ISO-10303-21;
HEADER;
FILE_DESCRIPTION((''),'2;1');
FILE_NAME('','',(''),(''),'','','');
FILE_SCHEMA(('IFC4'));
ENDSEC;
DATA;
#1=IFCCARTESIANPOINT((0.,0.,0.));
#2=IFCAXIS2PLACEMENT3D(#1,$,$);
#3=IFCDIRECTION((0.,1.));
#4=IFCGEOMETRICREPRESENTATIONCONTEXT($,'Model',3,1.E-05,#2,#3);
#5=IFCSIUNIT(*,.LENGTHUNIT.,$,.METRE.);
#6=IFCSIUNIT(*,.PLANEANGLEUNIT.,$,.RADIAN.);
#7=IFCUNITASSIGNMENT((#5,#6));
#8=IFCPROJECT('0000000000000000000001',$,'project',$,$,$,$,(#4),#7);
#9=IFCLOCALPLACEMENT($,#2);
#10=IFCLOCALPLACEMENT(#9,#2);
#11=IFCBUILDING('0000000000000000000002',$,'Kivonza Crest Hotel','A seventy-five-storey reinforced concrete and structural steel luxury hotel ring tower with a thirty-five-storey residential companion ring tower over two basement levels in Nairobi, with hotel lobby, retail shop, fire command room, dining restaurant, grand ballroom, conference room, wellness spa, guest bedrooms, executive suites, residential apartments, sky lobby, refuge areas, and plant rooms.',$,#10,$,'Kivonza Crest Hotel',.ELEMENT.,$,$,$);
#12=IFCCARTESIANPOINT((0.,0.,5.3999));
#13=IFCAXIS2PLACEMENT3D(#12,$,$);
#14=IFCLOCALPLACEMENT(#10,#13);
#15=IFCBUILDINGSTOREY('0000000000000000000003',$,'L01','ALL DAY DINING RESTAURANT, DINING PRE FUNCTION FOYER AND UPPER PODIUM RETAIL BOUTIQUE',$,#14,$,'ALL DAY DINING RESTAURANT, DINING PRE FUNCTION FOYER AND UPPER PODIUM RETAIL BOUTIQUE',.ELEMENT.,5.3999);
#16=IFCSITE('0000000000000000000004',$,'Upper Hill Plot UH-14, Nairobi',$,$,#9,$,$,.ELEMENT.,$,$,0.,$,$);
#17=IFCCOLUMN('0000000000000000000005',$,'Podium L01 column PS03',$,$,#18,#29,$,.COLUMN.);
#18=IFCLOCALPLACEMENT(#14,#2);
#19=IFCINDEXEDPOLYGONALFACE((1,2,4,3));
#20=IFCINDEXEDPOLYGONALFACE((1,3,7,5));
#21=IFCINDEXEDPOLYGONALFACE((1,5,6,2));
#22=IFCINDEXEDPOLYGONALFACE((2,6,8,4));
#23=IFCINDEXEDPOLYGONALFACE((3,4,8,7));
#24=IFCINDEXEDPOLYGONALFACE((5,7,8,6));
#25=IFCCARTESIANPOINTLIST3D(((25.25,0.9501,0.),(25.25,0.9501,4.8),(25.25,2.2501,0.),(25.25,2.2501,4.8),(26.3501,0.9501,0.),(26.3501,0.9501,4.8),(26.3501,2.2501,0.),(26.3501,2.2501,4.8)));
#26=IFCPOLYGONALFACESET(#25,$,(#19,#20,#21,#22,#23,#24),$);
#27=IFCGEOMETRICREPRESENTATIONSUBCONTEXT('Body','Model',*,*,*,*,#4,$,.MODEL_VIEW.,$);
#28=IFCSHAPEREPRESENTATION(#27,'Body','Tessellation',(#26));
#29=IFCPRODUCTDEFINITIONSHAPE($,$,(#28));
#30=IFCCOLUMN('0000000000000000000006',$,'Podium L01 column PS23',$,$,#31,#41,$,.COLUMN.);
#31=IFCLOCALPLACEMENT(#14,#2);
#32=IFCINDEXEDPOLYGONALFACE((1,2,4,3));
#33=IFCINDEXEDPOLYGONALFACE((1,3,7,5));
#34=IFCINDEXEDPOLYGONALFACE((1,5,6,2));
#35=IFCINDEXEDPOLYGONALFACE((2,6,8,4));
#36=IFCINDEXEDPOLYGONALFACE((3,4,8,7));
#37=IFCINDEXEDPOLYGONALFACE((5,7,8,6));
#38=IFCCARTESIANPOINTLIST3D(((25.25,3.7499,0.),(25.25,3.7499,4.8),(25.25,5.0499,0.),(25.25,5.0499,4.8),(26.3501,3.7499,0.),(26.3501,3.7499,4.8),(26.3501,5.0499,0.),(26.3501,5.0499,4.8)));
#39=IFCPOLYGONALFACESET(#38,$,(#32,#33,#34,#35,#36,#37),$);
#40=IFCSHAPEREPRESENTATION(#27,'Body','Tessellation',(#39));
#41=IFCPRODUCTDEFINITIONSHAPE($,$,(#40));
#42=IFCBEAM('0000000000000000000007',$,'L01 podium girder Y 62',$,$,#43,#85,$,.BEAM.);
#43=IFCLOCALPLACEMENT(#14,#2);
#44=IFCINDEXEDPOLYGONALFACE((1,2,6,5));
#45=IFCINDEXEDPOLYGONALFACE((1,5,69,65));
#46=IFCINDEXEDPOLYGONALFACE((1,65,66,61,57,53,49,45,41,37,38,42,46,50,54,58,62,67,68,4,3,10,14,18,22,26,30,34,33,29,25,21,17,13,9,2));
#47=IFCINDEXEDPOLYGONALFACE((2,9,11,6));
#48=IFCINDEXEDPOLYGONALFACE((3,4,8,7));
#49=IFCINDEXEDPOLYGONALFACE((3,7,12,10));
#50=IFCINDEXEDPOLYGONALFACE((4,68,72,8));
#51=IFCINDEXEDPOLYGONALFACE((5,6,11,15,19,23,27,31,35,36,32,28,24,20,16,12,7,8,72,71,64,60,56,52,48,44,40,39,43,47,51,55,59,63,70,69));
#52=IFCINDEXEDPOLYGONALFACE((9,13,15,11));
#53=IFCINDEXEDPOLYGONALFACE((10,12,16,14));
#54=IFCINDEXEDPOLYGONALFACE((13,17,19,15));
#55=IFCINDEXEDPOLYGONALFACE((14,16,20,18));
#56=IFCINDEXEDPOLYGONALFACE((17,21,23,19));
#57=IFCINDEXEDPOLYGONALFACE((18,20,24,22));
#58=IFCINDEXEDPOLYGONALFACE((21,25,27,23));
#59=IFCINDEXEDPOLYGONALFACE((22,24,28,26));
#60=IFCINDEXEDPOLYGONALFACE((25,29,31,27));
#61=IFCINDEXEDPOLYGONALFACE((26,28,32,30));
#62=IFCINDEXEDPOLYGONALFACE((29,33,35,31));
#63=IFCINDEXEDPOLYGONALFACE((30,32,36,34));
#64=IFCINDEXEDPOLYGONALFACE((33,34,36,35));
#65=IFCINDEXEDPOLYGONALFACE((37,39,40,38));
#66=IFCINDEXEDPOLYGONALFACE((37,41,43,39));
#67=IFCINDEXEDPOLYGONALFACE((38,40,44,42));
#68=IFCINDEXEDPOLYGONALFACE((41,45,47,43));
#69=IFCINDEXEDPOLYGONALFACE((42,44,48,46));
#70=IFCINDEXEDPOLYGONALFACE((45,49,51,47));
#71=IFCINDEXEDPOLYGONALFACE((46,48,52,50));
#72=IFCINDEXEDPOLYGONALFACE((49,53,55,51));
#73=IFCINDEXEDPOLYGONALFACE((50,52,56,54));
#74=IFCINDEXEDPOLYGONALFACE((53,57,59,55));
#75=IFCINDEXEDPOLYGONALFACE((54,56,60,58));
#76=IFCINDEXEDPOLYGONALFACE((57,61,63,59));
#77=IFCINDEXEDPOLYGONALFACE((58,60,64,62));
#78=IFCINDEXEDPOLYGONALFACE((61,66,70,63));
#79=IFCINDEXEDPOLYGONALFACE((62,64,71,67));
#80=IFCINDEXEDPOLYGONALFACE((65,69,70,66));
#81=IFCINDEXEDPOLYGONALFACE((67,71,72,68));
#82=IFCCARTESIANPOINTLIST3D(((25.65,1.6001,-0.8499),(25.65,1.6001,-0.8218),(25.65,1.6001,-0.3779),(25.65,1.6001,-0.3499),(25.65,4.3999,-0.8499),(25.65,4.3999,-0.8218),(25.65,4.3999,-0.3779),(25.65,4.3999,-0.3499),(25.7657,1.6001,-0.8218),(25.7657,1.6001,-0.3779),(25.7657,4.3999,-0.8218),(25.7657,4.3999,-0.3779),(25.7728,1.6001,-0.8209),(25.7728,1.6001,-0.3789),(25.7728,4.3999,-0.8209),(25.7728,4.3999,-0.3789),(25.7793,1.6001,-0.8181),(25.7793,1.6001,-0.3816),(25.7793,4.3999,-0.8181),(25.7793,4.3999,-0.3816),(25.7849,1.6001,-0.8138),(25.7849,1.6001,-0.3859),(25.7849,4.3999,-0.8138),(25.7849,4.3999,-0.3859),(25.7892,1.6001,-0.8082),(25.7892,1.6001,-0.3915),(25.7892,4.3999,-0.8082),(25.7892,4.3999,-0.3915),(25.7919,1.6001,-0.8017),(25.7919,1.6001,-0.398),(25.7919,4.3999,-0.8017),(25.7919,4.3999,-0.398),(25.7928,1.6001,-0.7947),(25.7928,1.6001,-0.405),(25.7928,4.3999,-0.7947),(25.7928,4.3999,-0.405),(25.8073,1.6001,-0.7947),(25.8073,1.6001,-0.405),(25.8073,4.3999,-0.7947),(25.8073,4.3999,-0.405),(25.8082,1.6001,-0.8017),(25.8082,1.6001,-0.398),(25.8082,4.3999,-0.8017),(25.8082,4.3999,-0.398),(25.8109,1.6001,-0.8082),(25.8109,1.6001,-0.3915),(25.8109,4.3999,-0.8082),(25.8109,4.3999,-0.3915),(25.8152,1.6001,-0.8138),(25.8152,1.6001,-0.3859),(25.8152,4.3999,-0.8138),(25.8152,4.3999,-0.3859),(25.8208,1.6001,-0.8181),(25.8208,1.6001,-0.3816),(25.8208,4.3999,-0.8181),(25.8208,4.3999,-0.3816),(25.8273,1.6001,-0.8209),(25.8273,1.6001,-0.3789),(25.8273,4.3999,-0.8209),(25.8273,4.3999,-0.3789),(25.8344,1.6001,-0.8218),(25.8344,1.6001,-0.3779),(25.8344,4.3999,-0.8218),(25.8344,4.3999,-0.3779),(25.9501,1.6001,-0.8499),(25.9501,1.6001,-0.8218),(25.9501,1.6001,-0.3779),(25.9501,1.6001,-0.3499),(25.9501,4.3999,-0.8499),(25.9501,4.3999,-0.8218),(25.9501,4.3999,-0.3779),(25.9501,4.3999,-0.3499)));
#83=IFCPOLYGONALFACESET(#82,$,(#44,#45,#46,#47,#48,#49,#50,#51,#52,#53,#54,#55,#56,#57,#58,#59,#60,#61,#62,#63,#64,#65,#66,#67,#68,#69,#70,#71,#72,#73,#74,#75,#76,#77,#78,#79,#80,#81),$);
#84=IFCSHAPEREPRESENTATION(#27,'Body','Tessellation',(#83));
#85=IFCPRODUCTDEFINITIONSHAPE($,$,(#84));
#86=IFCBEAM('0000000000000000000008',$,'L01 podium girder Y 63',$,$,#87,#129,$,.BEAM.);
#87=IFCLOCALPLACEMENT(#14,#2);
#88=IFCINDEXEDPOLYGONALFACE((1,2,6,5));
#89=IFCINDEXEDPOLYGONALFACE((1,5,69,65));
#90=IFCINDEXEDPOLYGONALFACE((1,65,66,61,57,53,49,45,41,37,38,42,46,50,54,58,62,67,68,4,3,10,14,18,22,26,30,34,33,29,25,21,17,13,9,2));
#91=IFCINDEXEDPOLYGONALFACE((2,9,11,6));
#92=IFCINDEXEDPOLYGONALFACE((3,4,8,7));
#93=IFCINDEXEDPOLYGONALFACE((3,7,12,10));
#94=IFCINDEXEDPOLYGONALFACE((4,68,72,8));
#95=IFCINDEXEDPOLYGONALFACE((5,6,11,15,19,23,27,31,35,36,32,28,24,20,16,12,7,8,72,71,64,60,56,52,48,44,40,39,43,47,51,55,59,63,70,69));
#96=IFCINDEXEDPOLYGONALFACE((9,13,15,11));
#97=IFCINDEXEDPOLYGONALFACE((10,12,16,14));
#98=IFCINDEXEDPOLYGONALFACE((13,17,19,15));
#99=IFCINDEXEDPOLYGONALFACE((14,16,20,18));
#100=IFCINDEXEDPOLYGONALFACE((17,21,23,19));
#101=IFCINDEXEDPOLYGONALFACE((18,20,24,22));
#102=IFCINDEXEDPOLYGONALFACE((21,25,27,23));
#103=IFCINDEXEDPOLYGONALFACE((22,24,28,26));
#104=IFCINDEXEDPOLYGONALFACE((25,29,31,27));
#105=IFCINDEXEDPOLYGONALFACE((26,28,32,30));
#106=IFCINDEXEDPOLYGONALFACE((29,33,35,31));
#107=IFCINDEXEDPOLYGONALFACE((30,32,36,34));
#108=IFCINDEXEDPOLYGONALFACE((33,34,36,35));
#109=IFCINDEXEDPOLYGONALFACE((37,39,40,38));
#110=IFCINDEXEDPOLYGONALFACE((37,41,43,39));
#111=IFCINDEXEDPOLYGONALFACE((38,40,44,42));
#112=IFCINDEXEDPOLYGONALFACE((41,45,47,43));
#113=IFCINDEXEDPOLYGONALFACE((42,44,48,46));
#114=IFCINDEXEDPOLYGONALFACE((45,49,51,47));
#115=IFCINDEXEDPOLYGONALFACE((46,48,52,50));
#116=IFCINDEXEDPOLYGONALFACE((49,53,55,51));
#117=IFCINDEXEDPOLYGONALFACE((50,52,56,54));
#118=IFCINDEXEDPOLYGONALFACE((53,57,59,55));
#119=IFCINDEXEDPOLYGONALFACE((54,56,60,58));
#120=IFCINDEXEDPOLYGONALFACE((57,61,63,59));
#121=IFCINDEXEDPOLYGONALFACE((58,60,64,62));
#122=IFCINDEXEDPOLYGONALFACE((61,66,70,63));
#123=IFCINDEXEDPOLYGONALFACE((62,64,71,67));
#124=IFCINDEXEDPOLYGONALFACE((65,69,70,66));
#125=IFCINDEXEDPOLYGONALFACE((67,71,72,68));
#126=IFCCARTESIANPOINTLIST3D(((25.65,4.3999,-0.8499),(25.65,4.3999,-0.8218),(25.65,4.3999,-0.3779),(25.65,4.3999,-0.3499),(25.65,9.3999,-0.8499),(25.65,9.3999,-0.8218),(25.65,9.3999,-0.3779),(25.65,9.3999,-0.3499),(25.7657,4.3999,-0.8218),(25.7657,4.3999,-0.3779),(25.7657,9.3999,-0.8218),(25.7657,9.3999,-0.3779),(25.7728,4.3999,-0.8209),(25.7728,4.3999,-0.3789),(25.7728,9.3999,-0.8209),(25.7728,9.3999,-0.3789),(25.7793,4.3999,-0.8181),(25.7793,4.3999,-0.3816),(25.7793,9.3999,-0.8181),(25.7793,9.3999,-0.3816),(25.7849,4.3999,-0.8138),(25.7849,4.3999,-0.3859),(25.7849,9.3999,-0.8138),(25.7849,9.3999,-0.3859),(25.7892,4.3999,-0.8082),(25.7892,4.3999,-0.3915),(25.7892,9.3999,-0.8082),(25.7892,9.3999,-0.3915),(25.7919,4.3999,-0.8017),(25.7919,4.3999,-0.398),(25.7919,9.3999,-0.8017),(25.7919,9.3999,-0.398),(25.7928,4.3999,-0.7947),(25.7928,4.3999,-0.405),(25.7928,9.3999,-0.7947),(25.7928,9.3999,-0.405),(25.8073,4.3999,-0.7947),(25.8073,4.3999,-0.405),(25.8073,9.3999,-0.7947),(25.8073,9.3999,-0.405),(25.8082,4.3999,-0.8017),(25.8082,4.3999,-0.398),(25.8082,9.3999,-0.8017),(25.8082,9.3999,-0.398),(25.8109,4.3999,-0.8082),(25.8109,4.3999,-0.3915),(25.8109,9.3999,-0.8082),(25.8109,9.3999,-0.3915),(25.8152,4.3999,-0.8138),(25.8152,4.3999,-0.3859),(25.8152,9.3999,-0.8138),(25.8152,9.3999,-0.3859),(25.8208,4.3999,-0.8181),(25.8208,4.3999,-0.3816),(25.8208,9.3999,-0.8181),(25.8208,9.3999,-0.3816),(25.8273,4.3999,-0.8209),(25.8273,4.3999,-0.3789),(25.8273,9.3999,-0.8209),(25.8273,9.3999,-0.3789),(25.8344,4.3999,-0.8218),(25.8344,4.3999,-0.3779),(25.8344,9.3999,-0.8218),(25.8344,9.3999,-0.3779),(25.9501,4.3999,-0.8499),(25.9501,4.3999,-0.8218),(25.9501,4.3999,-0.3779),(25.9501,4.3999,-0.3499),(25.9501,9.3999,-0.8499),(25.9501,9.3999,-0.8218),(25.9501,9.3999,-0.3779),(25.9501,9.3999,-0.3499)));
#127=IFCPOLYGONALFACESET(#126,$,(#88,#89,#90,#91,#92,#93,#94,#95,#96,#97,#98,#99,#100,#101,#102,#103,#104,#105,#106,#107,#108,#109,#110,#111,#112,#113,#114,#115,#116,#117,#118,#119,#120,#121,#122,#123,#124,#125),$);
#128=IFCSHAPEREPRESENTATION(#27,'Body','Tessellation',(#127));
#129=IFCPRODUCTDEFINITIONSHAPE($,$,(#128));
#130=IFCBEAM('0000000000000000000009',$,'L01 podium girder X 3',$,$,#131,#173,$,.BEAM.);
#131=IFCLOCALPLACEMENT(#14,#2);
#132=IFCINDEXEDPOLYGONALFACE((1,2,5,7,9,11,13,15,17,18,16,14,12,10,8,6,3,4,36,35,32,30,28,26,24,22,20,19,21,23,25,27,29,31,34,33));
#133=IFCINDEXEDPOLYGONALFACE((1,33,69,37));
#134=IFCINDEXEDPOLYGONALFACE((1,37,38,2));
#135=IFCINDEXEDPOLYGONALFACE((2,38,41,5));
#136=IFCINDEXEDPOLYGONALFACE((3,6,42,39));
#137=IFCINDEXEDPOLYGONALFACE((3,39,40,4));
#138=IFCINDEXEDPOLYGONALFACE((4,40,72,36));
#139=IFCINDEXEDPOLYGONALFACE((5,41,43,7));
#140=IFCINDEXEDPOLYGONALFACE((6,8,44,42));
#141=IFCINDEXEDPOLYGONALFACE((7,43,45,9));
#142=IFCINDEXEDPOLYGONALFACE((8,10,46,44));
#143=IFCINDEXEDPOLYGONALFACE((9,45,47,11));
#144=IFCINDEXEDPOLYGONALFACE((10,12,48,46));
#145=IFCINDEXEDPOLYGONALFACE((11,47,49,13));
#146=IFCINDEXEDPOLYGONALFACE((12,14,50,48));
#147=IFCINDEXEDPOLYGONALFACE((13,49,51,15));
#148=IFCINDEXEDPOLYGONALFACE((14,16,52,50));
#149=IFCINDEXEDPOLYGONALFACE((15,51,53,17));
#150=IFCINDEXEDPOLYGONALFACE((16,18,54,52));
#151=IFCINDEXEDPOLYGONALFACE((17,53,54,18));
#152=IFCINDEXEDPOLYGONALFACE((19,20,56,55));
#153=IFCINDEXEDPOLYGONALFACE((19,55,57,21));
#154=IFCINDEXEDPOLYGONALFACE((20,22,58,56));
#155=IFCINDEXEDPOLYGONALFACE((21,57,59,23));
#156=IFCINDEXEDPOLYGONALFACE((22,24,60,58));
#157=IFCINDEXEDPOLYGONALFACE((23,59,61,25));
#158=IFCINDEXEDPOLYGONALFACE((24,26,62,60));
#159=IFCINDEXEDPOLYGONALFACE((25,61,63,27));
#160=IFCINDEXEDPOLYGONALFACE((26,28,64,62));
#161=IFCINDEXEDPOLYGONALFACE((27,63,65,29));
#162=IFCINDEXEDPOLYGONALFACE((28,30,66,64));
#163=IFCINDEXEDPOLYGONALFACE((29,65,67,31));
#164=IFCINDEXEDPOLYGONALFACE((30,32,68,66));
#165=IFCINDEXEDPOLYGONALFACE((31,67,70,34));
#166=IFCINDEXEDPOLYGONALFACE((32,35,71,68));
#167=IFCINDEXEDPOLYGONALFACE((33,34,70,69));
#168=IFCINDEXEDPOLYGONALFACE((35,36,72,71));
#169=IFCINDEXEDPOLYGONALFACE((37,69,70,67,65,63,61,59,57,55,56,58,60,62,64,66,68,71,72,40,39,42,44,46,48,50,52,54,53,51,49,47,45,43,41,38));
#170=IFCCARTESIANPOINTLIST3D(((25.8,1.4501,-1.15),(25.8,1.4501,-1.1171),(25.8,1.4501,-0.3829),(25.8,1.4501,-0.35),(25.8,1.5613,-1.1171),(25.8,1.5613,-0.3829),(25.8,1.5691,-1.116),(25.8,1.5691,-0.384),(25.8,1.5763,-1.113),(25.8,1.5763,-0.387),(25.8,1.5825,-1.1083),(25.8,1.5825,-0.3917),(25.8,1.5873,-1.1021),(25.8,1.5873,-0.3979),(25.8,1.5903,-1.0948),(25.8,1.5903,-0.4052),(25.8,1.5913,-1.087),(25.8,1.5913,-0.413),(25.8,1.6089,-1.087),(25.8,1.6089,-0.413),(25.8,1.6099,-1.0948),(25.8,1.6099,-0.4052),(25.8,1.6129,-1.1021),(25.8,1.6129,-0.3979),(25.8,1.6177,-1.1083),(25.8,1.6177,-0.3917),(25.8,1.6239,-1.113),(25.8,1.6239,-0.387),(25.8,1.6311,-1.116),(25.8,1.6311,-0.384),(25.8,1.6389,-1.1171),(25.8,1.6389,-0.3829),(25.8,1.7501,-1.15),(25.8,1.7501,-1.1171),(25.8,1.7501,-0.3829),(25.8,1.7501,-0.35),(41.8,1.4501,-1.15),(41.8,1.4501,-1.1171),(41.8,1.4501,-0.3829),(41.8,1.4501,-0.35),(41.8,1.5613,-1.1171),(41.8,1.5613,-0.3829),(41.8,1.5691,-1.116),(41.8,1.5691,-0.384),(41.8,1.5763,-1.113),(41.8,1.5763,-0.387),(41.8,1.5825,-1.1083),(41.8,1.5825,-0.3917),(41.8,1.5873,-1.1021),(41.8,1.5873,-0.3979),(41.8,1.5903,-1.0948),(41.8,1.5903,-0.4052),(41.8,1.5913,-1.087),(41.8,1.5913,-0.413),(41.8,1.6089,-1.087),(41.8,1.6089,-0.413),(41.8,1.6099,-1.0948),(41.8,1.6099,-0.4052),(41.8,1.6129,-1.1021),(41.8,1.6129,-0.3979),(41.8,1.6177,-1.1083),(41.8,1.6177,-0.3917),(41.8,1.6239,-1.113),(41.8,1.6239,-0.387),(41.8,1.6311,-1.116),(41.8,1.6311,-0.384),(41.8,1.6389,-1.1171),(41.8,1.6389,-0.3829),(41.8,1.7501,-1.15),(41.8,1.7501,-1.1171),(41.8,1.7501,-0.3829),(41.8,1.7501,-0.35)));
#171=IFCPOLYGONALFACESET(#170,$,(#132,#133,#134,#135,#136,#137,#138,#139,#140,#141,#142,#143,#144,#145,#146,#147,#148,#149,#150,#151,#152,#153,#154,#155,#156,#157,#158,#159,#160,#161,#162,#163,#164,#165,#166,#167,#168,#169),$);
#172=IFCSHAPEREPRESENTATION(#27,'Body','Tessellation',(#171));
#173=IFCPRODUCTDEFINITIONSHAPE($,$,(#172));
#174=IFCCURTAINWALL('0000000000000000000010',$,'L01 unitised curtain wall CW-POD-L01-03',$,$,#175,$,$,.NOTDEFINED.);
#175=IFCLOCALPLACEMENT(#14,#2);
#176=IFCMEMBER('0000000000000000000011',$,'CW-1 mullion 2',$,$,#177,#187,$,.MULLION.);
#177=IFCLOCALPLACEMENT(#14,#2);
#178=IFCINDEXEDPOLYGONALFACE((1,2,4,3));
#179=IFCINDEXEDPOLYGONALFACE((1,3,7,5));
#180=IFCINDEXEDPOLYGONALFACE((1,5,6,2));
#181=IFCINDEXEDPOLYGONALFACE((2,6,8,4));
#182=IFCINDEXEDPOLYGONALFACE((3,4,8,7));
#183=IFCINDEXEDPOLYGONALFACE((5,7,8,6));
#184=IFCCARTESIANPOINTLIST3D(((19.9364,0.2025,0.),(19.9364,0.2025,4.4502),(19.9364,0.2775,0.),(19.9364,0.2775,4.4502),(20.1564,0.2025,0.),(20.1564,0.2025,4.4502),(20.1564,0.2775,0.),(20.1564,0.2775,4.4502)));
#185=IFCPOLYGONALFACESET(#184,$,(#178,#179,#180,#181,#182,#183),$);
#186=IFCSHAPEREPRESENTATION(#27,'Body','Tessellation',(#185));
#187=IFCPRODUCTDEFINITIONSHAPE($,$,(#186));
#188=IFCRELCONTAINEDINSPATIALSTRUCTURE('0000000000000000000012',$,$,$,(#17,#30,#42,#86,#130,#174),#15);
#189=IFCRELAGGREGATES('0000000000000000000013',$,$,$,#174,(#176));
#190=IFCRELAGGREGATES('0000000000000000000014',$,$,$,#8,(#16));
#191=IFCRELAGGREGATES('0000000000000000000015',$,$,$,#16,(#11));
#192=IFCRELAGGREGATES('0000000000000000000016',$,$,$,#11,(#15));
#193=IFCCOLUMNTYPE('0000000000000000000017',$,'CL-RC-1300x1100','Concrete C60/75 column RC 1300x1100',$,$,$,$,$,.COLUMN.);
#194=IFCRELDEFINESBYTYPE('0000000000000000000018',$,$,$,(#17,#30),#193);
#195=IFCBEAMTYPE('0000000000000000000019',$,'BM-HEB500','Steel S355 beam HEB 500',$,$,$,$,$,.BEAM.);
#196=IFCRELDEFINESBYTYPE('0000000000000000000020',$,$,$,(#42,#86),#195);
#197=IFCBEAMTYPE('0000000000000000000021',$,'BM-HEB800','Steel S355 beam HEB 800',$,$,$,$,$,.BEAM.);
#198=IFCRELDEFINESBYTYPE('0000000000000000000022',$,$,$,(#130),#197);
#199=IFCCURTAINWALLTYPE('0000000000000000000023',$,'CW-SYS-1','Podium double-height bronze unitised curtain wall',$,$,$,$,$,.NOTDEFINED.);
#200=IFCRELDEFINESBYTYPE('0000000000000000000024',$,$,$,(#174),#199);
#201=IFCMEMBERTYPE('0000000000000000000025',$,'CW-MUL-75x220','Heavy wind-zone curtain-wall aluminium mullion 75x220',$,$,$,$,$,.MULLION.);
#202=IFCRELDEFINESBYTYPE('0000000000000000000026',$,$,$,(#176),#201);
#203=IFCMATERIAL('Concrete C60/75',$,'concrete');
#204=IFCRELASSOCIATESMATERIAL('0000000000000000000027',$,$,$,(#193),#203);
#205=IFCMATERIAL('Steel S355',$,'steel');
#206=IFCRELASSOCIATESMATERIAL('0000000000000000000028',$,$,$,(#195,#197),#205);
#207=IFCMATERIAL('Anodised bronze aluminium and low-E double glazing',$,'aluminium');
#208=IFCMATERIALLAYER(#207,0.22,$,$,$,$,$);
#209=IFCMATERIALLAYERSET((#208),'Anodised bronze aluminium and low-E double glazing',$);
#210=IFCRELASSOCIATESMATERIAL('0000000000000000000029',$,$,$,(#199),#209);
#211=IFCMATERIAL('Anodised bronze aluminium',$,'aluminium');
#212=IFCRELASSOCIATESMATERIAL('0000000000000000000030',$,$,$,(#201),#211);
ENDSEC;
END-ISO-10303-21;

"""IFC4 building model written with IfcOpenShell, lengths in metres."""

from ifc_helpers import new_model, si_unit, direction, frame, origin, origin_2d, place, context, subcontext, project, spatial, rectangle, i_section, extrude, material, layer, layer_set, material_profile, profile_set, type_object, element, aggregate, save


model = new_model("IFC4")

# Units and contexts
model_context = context("Model", 3, precision=1e-05, world=origin(), true_north=direction((0.0, 1.0)))
body_context = subcontext(model_context, "Body", "Model", "MODEL_VIEW")
ifc_project = project(units=[si_unit("LENGTHUNIT", "METRE"), si_unit("PLANEANGLEUNIT", "RADIAN")], contexts=[model_context])

# Site, building, storey
site_placement = place(None, origin())
site = spatial("IfcSite", under=ifc_project, at=site_placement, Name="Upper Hill Plot UH-14, Nairobi", CompositionType="ELEMENT", RefElevation=0.0)
building_placement = place(site_placement, origin())
building = spatial("IfcBuilding", under=site, at=building_placement, Name="Kivonza Crest Hotel", Description="A seventy-five-storey reinforced concrete and structural steel luxury hotel ring tower with a thirty-five-storey residential companion ring tower over two basement levels in Nairobi, with hotel lobby, retail shop, fire command room, dining restaurant, grand ballroom, conference room, wellness spa, guest bedrooms, executive suites, residential apartments, sky lobby, refuge areas, and plant rooms.", LongName="Kivonza Crest Hotel", CompositionType="ELEMENT")
storey_placement = place(building_placement, frame((0.0, 0.0, 5.3999)))
storey = spatial("IfcBuildingStorey", under=building, at=storey_placement, Name="L01", Description="ALL DAY DINING RESTAURANT, DINING PRE FUNCTION FOYER AND UPPER PODIUM RETAIL BOUTIQUE", LongName="ALL DAY DINING RESTAURANT, DINING PRE FUNCTION FOYER AND UPPER PODIUM RETAIL BOUTIQUE", CompositionType="ELEMENT", Elevation=5.3999)

# Columns
ifc_material_1 = material(Name="Concrete C60/75", Category="concrete")
ifc_material_profile_1 = material_profile(ifc_material_1, rectangle(XDim=1.1001, YDim=1.3, at=origin_2d()), Name="RC 1300x1100")
ifc_profile_set_1 = profile_set([ifc_material_profile_1], Name="Concrete C60/75")
column_type = type_object("IfcColumnType", Name="CL-RC-1300x1100", Description="Concrete C60/75 column RC 1300x1100", PredefinedType="COLUMN", material=ifc_profile_set_1)
for number, where, z_axis, x_axis, name in (
    (1, (25.8, 1.6001, 0.0), (0.0, 0.0, 1.0), (1.0, 0.0, 0.0), "Podium L01 column PS03"),
    (2, (25.8, 4.3999, 0.0), (0.0, 0.0, 1.0), (1.0, 0.0, 0.0), "Podium L01 column PS23"),
):
    element("IfcColumn", number, at=place(storey_placement, frame(where, z_axis=z_axis, x_axis=x_axis)), inside=storey, type_object=column_type, Name=name, PredefinedType="COLUMN", context=body_context, shape_type="SweptSolid", body=[
        extrude(rectangle(XDim=1.1001, YDim=1.3, at=origin_2d()), origin(), (0.0, 0.0, 1.0), 4.8),
    ])

# Beams
ifc_material_2 = material(Name="Steel S355", Category="steel")
ifc_material_profile_2 = material_profile(ifc_material_2, i_section(OverallWidth=0.3, OverallDepth=0.5, WebThickness=0.0144, FlangeThickness=0.0281, FilletRadius=0.0271, at=origin_2d()), Name="HEB 500")
ifc_profile_set_2 = profile_set([ifc_material_profile_2], Name="Steel S355")
beam_type_1 = type_object("IfcBeamType", Name="BM-HEB500", Description="Steel S355 beam HEB 500", PredefinedType="BEAM", material=ifc_profile_set_2)
beam_1_placement = place(storey_placement, frame((25.8, 1.6001, -0.5999), z_axis=(0.0, 1.0, 0.0), x_axis=(-1.0, 0.0, 0.0)))
element("IfcBeam", 3, at=beam_1_placement, inside=storey, type_object=beam_type_1, Name="L01 podium girder Y 62", PredefinedType="BEAM", context=body_context, shape_type="SweptSolid", body=[
    extrude(i_section(OverallWidth=0.3, OverallDepth=0.5, WebThickness=0.0144, FlangeThickness=0.0281, FilletRadius=0.0271, at=origin_2d()), origin(), (0.0, 0.0, 1.0), 2.7998),
])
beam_2_placement = place(storey_placement, frame((25.8, 4.3999, -0.5999), z_axis=(0.0, 1.0, 0.0), x_axis=(-1.0, 0.0, 0.0)))
element("IfcBeam", 4, at=beam_2_placement, inside=storey, type_object=beam_type_1, Name="L01 podium girder Y 63", PredefinedType="BEAM", context=body_context, shape_type="SweptSolid", body=[
    extrude(i_section(OverallWidth=0.3, OverallDepth=0.5, WebThickness=0.0144, FlangeThickness=0.0281, FilletRadius=0.0271, at=origin_2d()), origin(), (0.0, 0.0, 1.0), 5.0),
])
ifc_material_profile_3 = material_profile(ifc_material_2, i_section(OverallWidth=0.3, OverallDepth=0.8, WebThickness=0.0176, FlangeThickness=0.033, FilletRadius=0.03, at=origin_2d()), Name="HEB 800")
ifc_profile_set_3 = profile_set([ifc_material_profile_3], Name="Steel S355")
beam_type_2 = type_object("IfcBeamType", Name="BM-HEB800", Description="Steel S355 beam HEB 800", PredefinedType="BEAM", material=ifc_profile_set_3)
beam_3_placement = place(storey_placement, frame((25.8, 1.6001, -0.75), z_axis=(1.0, 0.0, 0.0), x_axis=(0.0, 1.0, 0.0)))
element("IfcBeam", 5, at=beam_3_placement, inside=storey, type_object=beam_type_2, Name="L01 podium girder X 3", PredefinedType="BEAM", context=body_context, shape_type="SweptSolid", body=[
    extrude(i_section(OverallWidth=0.3, OverallDepth=0.8, WebThickness=0.0176, FlangeThickness=0.033, FilletRadius=0.03, at=origin_2d()), origin(), (0.0, 0.0, 1.0), 16.0),
])

# Curtain wall, member
ifc_material_3 = material(Name="Anodised bronze aluminium and low-E double glazing", Category="aluminium")
ifc_layer_1 = layer(ifc_material_3, 0.22)
ifc_layer_set_1 = layer_set([ifc_layer_1], Name="Anodised bronze aluminium and low-E double glazing")
curtain_wall_type = type_object("IfcCurtainWallType", Name="CW-SYS-1", Description="Podium double-height bronze unitised curtain wall", PredefinedType="NOTDEFINED", material=ifc_layer_set_1)
curtain_wall_1_placement = place(storey_placement, origin())
curtain_wall_1 = element("IfcCurtainWall", 6, at=curtain_wall_1_placement, inside=storey, type_object=curtain_wall_type, Name="L01 unitised curtain wall CW-POD-L01-03", PredefinedType="NOTDEFINED")
ifc_material_4 = material(Name="Anodised bronze aluminium", Category="aluminium")
ifc_material_profile_4 = material_profile(ifc_material_4, rectangle(XDim=0.075, YDim=0.22, at=origin_2d()), Name="CW-M 75x220")
ifc_profile_set_4 = profile_set([ifc_material_profile_4], Name="Anodised bronze aluminium")
member_type_1 = type_object("IfcMemberType", Name="CW-MUL-75x220", Description="Heavy wind-zone curtain-wall aluminium mullion 75x220", PredefinedType="MULLION", material=ifc_profile_set_4)
member_1_placement = place(storey_placement, frame((20.0464, 0.24, 0.0), z_axis=(0.0, 0.0, 1.0), x_axis=(0.0, 1.0, 0.0)))
member_1 = element("IfcMember", 7, at=member_1_placement, type_object=member_type_1, Name="CW-1 mullion 2", PredefinedType="MULLION", context=body_context, shape_type="SweptSolid", body=[
    extrude(rectangle(XDim=0.075, YDim=0.22, at=origin_2d()), origin(), (0.0, 0.0, 1.0), 4.4502),
])

aggregate(curtain_wall_1, [member_1])

save(model, "model.ifc")
